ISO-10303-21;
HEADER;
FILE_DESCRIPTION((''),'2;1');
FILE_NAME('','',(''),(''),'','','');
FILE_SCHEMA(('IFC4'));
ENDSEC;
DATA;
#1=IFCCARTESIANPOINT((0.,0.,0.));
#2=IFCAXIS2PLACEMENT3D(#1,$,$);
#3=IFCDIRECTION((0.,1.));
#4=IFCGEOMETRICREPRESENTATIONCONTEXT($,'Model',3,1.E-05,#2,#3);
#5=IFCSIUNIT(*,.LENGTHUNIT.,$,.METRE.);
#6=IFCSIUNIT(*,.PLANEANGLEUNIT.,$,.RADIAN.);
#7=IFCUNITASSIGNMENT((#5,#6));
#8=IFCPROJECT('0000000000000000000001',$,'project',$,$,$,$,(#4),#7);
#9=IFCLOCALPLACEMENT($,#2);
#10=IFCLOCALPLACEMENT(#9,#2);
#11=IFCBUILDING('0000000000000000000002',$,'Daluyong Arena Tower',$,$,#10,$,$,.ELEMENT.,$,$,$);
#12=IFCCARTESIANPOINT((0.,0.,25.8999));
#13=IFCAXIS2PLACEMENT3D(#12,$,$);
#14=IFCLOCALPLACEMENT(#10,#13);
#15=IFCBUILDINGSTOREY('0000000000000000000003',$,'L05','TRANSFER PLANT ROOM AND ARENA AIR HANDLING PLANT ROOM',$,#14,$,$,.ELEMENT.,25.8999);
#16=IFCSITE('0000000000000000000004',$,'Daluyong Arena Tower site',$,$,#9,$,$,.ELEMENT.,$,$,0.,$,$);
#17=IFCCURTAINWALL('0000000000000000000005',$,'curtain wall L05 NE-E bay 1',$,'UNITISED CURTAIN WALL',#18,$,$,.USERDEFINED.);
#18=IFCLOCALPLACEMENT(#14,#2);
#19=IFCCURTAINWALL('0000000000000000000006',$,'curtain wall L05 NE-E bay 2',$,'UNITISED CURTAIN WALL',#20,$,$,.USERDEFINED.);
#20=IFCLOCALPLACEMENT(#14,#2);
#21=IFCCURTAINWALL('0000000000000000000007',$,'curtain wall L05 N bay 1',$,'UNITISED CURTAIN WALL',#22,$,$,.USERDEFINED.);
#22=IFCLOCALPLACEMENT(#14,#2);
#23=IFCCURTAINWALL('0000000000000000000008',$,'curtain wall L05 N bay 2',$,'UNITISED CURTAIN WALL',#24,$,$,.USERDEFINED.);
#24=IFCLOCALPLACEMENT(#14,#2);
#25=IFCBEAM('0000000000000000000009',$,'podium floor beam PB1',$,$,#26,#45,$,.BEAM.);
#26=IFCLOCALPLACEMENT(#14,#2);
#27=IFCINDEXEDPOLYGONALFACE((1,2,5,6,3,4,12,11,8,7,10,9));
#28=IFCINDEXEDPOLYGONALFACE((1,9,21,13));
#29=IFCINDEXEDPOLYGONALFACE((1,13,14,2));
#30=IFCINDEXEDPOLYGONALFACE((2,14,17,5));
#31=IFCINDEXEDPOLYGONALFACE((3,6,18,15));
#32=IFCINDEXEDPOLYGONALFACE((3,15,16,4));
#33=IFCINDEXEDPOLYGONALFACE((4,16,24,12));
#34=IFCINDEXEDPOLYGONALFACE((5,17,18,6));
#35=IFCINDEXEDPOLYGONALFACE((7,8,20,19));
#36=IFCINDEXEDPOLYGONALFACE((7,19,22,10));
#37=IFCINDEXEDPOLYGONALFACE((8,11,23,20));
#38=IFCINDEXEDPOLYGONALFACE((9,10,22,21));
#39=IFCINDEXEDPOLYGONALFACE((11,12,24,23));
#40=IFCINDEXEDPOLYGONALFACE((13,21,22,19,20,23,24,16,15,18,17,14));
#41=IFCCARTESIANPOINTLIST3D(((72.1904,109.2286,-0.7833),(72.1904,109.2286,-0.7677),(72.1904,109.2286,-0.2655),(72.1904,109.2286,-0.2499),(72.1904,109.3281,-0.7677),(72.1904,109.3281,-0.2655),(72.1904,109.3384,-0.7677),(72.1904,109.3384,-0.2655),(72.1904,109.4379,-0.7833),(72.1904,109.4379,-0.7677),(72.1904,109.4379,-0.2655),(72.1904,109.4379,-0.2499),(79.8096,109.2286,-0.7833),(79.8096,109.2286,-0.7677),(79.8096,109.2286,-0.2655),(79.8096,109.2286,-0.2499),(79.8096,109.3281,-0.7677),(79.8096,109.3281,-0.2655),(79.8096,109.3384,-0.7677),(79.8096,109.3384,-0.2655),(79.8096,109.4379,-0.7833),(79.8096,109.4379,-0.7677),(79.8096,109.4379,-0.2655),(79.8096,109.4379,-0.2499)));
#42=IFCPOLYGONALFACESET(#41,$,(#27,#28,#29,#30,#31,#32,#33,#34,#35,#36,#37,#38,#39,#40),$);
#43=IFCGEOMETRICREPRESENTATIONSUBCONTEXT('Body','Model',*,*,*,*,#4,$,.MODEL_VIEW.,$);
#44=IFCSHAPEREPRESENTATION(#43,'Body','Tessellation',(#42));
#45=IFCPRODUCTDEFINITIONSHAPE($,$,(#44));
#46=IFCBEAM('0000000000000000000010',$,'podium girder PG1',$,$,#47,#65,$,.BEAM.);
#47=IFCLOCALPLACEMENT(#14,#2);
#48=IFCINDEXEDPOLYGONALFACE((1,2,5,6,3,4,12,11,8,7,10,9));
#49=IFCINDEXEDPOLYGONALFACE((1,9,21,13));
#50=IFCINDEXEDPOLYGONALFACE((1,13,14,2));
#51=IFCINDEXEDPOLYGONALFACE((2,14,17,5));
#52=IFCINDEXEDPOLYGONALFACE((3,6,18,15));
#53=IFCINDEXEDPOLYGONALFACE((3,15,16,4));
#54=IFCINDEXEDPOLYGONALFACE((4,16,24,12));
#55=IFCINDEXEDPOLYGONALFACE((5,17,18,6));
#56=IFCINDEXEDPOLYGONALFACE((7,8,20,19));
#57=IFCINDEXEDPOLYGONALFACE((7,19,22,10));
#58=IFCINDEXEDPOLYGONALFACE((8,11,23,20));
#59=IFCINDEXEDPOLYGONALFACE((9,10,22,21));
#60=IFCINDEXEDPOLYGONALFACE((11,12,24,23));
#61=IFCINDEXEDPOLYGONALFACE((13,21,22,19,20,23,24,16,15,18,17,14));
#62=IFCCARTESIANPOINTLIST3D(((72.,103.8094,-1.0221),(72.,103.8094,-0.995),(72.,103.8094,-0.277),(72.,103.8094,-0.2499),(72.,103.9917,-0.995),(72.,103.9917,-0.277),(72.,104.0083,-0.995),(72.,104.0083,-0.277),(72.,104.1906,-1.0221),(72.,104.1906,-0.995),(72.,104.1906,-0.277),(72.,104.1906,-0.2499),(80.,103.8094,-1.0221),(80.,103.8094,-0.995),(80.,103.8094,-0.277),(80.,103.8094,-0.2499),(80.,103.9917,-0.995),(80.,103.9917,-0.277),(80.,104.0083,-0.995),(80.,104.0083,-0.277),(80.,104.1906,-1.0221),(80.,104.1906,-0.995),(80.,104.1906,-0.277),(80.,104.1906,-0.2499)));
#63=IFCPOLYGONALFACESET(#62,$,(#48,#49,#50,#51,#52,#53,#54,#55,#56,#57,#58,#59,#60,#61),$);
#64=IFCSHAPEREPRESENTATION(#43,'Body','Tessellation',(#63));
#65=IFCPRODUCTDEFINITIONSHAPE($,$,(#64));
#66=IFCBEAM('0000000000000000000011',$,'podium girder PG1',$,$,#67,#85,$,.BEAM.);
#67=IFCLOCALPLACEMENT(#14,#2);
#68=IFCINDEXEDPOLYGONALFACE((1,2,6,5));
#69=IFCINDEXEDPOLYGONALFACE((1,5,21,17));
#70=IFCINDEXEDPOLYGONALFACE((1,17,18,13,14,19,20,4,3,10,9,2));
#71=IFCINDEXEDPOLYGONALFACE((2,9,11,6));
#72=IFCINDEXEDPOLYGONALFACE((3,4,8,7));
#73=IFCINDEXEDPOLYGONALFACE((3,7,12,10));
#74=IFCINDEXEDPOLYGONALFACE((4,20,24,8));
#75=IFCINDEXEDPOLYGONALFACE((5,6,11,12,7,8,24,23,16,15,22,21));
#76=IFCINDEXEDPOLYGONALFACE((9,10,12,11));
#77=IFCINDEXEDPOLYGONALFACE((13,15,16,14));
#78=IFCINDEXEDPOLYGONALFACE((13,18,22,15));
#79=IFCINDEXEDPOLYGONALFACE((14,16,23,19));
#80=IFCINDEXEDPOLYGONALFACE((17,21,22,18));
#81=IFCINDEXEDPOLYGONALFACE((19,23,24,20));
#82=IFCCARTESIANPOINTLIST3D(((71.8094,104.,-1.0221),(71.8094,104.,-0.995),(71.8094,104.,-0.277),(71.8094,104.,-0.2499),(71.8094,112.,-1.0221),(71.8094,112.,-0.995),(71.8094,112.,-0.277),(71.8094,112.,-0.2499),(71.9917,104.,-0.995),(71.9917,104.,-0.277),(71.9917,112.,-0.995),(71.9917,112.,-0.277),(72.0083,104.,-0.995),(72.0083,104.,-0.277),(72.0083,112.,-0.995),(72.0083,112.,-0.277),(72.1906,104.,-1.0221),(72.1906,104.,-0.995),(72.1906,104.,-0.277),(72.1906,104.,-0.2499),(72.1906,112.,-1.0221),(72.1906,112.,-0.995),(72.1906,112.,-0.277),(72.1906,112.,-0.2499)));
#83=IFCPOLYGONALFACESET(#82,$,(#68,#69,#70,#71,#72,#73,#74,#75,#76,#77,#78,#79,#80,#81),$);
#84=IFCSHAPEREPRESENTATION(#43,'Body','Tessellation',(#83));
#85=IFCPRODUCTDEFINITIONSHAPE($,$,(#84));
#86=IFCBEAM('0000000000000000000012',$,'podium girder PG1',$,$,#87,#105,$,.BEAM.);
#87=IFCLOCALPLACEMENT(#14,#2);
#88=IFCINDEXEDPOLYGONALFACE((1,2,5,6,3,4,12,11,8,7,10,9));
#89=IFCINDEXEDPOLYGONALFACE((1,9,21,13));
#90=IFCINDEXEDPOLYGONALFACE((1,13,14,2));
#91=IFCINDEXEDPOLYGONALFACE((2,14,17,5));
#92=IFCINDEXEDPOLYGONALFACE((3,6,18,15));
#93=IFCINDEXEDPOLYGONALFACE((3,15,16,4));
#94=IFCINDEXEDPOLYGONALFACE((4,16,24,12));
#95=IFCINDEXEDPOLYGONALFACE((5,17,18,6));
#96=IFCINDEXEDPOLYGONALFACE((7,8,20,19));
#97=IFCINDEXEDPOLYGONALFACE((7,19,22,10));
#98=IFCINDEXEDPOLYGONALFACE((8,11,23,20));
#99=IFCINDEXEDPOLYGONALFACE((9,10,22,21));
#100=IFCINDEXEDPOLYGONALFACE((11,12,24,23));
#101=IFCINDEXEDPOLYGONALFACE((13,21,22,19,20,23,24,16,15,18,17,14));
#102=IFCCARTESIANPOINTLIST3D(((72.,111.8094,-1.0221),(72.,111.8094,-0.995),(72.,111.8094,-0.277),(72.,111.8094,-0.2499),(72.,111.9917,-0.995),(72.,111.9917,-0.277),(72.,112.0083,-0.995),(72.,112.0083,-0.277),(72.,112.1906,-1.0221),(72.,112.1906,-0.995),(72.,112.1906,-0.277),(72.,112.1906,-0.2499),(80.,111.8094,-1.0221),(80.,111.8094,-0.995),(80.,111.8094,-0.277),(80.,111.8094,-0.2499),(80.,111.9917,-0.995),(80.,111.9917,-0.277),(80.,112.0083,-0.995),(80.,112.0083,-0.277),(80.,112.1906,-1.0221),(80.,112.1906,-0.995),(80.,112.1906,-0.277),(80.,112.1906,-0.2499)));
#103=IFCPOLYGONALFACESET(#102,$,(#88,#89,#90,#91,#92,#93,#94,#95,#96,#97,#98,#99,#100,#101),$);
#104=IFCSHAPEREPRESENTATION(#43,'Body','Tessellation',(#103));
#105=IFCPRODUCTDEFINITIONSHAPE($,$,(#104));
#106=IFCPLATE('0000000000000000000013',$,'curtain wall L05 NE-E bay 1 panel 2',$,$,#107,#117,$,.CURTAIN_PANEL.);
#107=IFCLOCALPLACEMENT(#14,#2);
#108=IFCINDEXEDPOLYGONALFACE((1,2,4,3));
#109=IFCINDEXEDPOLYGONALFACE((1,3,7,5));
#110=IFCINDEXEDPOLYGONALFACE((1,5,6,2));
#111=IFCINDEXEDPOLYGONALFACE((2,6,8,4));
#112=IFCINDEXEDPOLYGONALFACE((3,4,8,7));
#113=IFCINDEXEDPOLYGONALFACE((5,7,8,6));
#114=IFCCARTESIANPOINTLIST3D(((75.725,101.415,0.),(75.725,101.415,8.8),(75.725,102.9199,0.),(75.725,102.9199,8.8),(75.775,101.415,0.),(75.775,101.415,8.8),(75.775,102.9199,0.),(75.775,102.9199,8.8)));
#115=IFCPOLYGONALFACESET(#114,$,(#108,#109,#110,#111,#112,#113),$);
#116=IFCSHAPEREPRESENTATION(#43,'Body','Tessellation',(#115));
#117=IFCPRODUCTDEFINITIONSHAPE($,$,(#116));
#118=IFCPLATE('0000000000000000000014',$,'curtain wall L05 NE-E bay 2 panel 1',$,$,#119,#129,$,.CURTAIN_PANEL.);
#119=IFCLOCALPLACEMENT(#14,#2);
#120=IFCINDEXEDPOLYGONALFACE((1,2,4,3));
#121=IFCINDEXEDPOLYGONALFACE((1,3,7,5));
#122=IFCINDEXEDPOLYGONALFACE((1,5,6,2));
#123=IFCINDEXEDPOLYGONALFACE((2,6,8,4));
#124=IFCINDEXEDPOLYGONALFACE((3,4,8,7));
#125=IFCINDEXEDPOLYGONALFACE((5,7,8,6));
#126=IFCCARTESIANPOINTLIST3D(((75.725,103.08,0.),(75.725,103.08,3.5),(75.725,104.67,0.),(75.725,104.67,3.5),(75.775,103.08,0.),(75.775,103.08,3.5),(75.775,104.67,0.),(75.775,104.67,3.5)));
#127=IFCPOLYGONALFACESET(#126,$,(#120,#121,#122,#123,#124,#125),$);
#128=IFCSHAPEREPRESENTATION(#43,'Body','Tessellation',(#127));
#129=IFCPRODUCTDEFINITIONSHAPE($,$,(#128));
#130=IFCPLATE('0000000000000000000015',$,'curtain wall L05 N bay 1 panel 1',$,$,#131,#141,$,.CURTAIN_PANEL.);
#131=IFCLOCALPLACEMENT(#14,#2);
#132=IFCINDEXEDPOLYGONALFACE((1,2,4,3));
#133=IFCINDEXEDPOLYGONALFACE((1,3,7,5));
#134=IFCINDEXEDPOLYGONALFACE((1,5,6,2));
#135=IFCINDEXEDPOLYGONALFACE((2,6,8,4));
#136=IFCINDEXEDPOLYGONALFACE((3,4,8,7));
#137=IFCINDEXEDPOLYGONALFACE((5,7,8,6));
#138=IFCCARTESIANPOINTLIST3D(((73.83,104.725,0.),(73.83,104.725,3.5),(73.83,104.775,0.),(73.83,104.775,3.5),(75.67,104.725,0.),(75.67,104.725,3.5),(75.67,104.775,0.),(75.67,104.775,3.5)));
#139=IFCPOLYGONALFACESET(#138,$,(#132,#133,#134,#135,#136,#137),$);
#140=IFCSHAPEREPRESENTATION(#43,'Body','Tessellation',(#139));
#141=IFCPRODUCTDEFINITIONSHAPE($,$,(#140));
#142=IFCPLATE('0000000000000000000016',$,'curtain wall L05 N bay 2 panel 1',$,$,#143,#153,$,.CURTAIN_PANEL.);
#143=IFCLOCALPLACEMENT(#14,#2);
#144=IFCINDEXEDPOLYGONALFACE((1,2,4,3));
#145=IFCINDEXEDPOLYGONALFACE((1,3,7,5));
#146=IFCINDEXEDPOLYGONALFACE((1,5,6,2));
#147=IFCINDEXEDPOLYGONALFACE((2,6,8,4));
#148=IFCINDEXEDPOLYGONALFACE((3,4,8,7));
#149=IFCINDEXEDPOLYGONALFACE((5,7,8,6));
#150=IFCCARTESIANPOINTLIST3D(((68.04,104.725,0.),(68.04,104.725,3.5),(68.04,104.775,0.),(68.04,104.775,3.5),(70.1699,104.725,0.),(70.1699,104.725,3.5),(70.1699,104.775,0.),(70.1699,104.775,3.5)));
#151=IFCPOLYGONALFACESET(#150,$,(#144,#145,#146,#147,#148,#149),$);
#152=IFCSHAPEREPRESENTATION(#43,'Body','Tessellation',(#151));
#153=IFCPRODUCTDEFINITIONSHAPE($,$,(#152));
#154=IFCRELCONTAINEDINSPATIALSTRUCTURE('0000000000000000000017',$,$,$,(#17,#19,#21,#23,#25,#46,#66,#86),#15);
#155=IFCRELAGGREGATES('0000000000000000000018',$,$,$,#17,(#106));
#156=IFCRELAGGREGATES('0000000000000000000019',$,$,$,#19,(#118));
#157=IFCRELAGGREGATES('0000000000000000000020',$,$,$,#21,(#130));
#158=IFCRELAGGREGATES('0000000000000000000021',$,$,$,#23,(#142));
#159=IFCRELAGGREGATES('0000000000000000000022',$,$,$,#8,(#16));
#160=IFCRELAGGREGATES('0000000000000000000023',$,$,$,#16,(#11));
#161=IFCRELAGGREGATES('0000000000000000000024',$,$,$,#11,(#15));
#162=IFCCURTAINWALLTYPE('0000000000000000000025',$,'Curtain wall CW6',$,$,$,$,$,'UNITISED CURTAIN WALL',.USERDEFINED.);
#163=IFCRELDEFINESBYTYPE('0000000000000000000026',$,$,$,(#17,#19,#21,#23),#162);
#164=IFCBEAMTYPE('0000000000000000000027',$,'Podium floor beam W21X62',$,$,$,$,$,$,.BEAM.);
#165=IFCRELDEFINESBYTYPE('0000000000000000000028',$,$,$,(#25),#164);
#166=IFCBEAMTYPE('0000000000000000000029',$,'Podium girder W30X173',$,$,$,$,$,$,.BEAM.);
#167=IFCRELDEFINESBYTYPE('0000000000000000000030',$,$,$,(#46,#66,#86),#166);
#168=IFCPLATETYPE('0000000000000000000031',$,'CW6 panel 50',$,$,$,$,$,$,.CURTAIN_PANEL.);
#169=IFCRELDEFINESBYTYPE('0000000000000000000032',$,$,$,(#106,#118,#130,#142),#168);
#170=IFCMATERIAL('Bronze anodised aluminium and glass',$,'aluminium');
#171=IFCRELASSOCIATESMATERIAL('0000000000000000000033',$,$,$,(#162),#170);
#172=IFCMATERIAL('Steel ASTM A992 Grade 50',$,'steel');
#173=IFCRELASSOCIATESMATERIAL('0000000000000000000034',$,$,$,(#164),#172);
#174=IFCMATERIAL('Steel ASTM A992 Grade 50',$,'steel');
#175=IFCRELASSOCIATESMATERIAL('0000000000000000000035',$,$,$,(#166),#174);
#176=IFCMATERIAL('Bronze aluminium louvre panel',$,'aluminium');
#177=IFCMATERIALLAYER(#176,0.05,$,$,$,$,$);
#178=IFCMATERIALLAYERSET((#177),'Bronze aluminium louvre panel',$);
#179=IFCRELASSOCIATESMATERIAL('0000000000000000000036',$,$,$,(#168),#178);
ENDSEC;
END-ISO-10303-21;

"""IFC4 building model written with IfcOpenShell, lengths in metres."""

from ifc_helpers import new_model, si_unit, direction, frame, origin, origin_2d, place, context, subcontext, project, spatial, rectangle, i_section, extrude, material, layer, layer_set, material_profile, profile_set, type_object, element, aggregate, save


model = new_model("IFC4")

# Units and contexts
model_context = context("Model", 3, precision=1e-05, world=origin(), true_north=direction((0.0, 1.0)))
body_context = subcontext(model_context, "Body", "Model", "MODEL_VIEW")
ifc_project = project(units=[si_unit("LENGTHUNIT", "METRE"), si_unit("PLANEANGLEUNIT", "RADIAN")], contexts=[model_context])

# Site, building, storey
site_placement = place(None, origin())
site = spatial("IfcSite", under=ifc_project, at=site_placement, Name="Daluyong Arena Tower site", CompositionType="ELEMENT", RefElevation=0.0)
building_placement = place(site_placement, origin())
building = spatial("IfcBuilding", under=site, at=building_placement, Name="Daluyong Arena Tower", CompositionType="ELEMENT")
storey_placement = place(building_placement, frame((0.0, 0.0, 25.8999)))
storey = spatial("IfcBuildingStorey", under=building, at=storey_placement, Name="L05", Description="TRANSFER PLANT ROOM AND ARENA AIR HANDLING PLANT ROOM", CompositionType="ELEMENT", Elevation=25.8999)

# Curtain wall
ifc_material_1 = material(Name="Bronze anodised aluminium and glass", Category="aluminium")
curtain_wall_type = type_object("IfcCurtainWallType", Name="Curtain wall CW6", ElementType="UNITISED CURTAIN WALL", PredefinedType="USERDEFINED", material=ifc_material_1)
curtain_wall_1_placement = place(storey_placement, origin())
curtain_wall_1 = element("IfcCurtainWall", 1, at=curtain_wall_1_placement, inside=storey, type_object=curtain_wall_type, Name="curtain wall L05 NE-E bay 1", ObjectType="UNITISED CURTAIN WALL", PredefinedType="USERDEFINED")

# Curtain walls
curtain_wall_2_placement = place(storey_placement, origin())
curtain_wall_2 = element("IfcCurtainWall", 2, at=curtain_wall_2_placement, inside=storey, type_object=curtain_wall_type, Name="curtain wall L05 NE-E bay 2", ObjectType="UNITISED CURTAIN WALL", PredefinedType="USERDEFINED")
curtain_wall_3_placement = place(storey_placement, origin())
curtain_wall_3 = element("IfcCurtainWall", 3, at=curtain_wall_3_placement, inside=storey, type_object=curtain_wall_type, Name="curtain wall L05 N bay 1", ObjectType="UNITISED CURTAIN WALL", PredefinedType="USERDEFINED")
curtain_wall_4_placement = place(storey_placement, origin())
curtain_wall_4 = element("IfcCurtainWall", 4, at=curtain_wall_4_placement, inside=storey, type_object=curtain_wall_type, Name="curtain wall L05 N bay 2", ObjectType="UNITISED CURTAIN WALL", PredefinedType="USERDEFINED")

# Beams
ifc_material_2 = material(Name="Steel ASTM A992 Grade 50", Category="steel")
ifc_material_profile_1 = material_profile(ifc_material_2, i_section(OverallWidth=0.2092, OverallDepth=0.5334, WebThickness=0.0103, FlangeThickness=0.0156, at=origin_2d()))
ifc_profile_set_1 = profile_set([ifc_material_profile_1], Name="Steel ASTM A992 Grade 50")
beam_type_1 = type_object("IfcBeamType", Name="Podium floor beam W21X62", PredefinedType="BEAM", material=ifc_profile_set_1)
for number, where, z_axis, x_axis, name in (
    (5, (72.1904, 109.3333, -0.5166), (1.0, 0.0, 0.0), (0.0, 1.0, 0.0), "podium floor beam PB1"),
):
    element("IfcBeam", number, at=place(storey_placement, frame(where, z_axis=z_axis, x_axis=x_axis)), inside=storey, type_object=beam_type_1, Name=name, PredefinedType="BEAM", context=body_context, shape_type="SweptSolid", body=[
        extrude(i_section(OverallWidth=0.2092, OverallDepth=0.5334, WebThickness=0.0103, FlangeThickness=0.0156, at=origin_2d()), origin(), (0.0, 0.0, 1.0), 7.6191),
    ])
ifc_material_3 = material(Name="Steel ASTM A992 Grade 50", Category="steel")
ifc_material_profile_2 = material_profile(ifc_material_3, i_section(OverallWidth=0.3811, OverallDepth=0.7722, WebThickness=0.0166, FlangeThickness=0.0271, at=origin_2d()))
ifc_profile_set_2 = profile_set([ifc_material_profile_2], Name="Steel ASTM A992 Grade 50")
beam_type_2 = type_object("IfcBeamType", Name="Podium girder W30X173", PredefinedType="BEAM", material=ifc_profile_set_2)
for number, where, z_axis, x_axis, name in (
    (6, (72.0, 104.0, -0.636), (1.0, 0.0, 0.0), (0.0, 1.0, 0.0), "podium girder PG1"),
    (7, (72.0, 104.0, -0.636), (0.0, 1.0, 0.0), (-1.0, 0.0, 0.0), "podium girder PG1"),
    (8, (72.0, 112.0, -0.636), (1.0, 0.0, 0.0), (0.0, 1.0, 0.0), "podium girder PG1"),
):
    element("IfcBeam", number, at=place(storey_placement, frame(where, z_axis=z_axis, x_axis=x_axis)), inside=storey, type_object=beam_type_2, Name=name, PredefinedType="BEAM", context=body_context, shape_type="SweptSolid", body=[
        extrude(i_section(OverallWidth=0.3811, OverallDepth=0.7722, WebThickness=0.0166, FlangeThickness=0.0271, at=origin_2d()), origin(), (0.0, 0.0, 1.0), 8.0),
    ])

# Plates
ifc_material_4 = material(Name="Bronze aluminium louvre panel", Category="aluminium")
ifc_layer = layer(ifc_material_4, 0.05)
ifc_layer_set = layer_set([ifc_layer], Name="Bronze aluminium louvre panel")
plate_type = type_object("IfcPlateType", Name="CW6 panel 50", PredefinedType="CURTAIN_PANEL", material=ifc_layer_set)
plate_1_placement = place(storey_placement, frame((75.75, 102.1675, 0.0), z_axis=(0.0, 0.0, 1.0), x_axis=(0.0, 1.0, 0.0)))
plate_1 = element("IfcPlate", 9, at=plate_1_placement, type_object=plate_type, Name="curtain wall L05 NE-E bay 1 panel 2", PredefinedType="CURTAIN_PANEL", context=body_context, shape_type="SweptSolid", body=[
    extrude(rectangle(XDim=1.5049, YDim=0.05, at=origin_2d()), origin(), (0.0, 0.0, 1.0), 8.8),
])
aggregate(curtain_wall_1, [plate_1])
plate_2_placement = place(storey_placement, frame((75.75, 103.875, 0.0), z_axis=(0.0, 0.0, 1.0), x_axis=(0.0, 1.0, 0.0)))
plate_2 = element("IfcPlate", 10, at=plate_2_placement, type_object=plate_type, Name="curtain wall L05 NE-E bay 2 panel 1", PredefinedType="CURTAIN_PANEL", context=body_context, shape_type="SweptSolid", body=[
    extrude(rectangle(XDim=1.5901, YDim=0.05, at=origin_2d()), origin(), (0.0, 0.0, 1.0), 3.5),
])
aggregate(curtain_wall_2, [plate_2])
plate_3_placement = place(storey_placement, frame((74.75, 104.75, 0.0), z_axis=(0.0, 0.0, 1.0), x_axis=(-1.0, 0.0, 0.0)))
plate_3 = element("IfcPlate", 11, at=plate_3_placement, type_object=plate_type, Name="curtain wall L05 N bay 1 panel 1", PredefinedType="CURTAIN_PANEL", context=body_context, shape_type="SweptSolid", body=[
    extrude(rectangle(XDim=1.8401, YDim=0.05, at=origin_2d()), origin(), (0.0, 0.0, 1.0), 3.5),
])
aggregate(curtain_wall_3, [plate_3])
plate_4_placement = place(storey_placement, frame((69.105, 104.75, 0.0), z_axis=(0.0, 0.0, 1.0), x_axis=(-1.0, 0.0, 0.0)))
plate_4 = element("IfcPlate", 12, at=plate_4_placement, type_object=plate_type, Name="curtain wall L05 N bay 2 panel 1", PredefinedType="CURTAIN_PANEL", context=body_context, shape_type="SweptSolid", body=[
    extrude(rectangle(XDim=2.1299, YDim=0.05, at=origin_2d()), origin(), (0.0, 0.0, 1.0), 3.5),
])
aggregate(curtain_wall_4, [plate_4])

save(model, "model.ifc")
